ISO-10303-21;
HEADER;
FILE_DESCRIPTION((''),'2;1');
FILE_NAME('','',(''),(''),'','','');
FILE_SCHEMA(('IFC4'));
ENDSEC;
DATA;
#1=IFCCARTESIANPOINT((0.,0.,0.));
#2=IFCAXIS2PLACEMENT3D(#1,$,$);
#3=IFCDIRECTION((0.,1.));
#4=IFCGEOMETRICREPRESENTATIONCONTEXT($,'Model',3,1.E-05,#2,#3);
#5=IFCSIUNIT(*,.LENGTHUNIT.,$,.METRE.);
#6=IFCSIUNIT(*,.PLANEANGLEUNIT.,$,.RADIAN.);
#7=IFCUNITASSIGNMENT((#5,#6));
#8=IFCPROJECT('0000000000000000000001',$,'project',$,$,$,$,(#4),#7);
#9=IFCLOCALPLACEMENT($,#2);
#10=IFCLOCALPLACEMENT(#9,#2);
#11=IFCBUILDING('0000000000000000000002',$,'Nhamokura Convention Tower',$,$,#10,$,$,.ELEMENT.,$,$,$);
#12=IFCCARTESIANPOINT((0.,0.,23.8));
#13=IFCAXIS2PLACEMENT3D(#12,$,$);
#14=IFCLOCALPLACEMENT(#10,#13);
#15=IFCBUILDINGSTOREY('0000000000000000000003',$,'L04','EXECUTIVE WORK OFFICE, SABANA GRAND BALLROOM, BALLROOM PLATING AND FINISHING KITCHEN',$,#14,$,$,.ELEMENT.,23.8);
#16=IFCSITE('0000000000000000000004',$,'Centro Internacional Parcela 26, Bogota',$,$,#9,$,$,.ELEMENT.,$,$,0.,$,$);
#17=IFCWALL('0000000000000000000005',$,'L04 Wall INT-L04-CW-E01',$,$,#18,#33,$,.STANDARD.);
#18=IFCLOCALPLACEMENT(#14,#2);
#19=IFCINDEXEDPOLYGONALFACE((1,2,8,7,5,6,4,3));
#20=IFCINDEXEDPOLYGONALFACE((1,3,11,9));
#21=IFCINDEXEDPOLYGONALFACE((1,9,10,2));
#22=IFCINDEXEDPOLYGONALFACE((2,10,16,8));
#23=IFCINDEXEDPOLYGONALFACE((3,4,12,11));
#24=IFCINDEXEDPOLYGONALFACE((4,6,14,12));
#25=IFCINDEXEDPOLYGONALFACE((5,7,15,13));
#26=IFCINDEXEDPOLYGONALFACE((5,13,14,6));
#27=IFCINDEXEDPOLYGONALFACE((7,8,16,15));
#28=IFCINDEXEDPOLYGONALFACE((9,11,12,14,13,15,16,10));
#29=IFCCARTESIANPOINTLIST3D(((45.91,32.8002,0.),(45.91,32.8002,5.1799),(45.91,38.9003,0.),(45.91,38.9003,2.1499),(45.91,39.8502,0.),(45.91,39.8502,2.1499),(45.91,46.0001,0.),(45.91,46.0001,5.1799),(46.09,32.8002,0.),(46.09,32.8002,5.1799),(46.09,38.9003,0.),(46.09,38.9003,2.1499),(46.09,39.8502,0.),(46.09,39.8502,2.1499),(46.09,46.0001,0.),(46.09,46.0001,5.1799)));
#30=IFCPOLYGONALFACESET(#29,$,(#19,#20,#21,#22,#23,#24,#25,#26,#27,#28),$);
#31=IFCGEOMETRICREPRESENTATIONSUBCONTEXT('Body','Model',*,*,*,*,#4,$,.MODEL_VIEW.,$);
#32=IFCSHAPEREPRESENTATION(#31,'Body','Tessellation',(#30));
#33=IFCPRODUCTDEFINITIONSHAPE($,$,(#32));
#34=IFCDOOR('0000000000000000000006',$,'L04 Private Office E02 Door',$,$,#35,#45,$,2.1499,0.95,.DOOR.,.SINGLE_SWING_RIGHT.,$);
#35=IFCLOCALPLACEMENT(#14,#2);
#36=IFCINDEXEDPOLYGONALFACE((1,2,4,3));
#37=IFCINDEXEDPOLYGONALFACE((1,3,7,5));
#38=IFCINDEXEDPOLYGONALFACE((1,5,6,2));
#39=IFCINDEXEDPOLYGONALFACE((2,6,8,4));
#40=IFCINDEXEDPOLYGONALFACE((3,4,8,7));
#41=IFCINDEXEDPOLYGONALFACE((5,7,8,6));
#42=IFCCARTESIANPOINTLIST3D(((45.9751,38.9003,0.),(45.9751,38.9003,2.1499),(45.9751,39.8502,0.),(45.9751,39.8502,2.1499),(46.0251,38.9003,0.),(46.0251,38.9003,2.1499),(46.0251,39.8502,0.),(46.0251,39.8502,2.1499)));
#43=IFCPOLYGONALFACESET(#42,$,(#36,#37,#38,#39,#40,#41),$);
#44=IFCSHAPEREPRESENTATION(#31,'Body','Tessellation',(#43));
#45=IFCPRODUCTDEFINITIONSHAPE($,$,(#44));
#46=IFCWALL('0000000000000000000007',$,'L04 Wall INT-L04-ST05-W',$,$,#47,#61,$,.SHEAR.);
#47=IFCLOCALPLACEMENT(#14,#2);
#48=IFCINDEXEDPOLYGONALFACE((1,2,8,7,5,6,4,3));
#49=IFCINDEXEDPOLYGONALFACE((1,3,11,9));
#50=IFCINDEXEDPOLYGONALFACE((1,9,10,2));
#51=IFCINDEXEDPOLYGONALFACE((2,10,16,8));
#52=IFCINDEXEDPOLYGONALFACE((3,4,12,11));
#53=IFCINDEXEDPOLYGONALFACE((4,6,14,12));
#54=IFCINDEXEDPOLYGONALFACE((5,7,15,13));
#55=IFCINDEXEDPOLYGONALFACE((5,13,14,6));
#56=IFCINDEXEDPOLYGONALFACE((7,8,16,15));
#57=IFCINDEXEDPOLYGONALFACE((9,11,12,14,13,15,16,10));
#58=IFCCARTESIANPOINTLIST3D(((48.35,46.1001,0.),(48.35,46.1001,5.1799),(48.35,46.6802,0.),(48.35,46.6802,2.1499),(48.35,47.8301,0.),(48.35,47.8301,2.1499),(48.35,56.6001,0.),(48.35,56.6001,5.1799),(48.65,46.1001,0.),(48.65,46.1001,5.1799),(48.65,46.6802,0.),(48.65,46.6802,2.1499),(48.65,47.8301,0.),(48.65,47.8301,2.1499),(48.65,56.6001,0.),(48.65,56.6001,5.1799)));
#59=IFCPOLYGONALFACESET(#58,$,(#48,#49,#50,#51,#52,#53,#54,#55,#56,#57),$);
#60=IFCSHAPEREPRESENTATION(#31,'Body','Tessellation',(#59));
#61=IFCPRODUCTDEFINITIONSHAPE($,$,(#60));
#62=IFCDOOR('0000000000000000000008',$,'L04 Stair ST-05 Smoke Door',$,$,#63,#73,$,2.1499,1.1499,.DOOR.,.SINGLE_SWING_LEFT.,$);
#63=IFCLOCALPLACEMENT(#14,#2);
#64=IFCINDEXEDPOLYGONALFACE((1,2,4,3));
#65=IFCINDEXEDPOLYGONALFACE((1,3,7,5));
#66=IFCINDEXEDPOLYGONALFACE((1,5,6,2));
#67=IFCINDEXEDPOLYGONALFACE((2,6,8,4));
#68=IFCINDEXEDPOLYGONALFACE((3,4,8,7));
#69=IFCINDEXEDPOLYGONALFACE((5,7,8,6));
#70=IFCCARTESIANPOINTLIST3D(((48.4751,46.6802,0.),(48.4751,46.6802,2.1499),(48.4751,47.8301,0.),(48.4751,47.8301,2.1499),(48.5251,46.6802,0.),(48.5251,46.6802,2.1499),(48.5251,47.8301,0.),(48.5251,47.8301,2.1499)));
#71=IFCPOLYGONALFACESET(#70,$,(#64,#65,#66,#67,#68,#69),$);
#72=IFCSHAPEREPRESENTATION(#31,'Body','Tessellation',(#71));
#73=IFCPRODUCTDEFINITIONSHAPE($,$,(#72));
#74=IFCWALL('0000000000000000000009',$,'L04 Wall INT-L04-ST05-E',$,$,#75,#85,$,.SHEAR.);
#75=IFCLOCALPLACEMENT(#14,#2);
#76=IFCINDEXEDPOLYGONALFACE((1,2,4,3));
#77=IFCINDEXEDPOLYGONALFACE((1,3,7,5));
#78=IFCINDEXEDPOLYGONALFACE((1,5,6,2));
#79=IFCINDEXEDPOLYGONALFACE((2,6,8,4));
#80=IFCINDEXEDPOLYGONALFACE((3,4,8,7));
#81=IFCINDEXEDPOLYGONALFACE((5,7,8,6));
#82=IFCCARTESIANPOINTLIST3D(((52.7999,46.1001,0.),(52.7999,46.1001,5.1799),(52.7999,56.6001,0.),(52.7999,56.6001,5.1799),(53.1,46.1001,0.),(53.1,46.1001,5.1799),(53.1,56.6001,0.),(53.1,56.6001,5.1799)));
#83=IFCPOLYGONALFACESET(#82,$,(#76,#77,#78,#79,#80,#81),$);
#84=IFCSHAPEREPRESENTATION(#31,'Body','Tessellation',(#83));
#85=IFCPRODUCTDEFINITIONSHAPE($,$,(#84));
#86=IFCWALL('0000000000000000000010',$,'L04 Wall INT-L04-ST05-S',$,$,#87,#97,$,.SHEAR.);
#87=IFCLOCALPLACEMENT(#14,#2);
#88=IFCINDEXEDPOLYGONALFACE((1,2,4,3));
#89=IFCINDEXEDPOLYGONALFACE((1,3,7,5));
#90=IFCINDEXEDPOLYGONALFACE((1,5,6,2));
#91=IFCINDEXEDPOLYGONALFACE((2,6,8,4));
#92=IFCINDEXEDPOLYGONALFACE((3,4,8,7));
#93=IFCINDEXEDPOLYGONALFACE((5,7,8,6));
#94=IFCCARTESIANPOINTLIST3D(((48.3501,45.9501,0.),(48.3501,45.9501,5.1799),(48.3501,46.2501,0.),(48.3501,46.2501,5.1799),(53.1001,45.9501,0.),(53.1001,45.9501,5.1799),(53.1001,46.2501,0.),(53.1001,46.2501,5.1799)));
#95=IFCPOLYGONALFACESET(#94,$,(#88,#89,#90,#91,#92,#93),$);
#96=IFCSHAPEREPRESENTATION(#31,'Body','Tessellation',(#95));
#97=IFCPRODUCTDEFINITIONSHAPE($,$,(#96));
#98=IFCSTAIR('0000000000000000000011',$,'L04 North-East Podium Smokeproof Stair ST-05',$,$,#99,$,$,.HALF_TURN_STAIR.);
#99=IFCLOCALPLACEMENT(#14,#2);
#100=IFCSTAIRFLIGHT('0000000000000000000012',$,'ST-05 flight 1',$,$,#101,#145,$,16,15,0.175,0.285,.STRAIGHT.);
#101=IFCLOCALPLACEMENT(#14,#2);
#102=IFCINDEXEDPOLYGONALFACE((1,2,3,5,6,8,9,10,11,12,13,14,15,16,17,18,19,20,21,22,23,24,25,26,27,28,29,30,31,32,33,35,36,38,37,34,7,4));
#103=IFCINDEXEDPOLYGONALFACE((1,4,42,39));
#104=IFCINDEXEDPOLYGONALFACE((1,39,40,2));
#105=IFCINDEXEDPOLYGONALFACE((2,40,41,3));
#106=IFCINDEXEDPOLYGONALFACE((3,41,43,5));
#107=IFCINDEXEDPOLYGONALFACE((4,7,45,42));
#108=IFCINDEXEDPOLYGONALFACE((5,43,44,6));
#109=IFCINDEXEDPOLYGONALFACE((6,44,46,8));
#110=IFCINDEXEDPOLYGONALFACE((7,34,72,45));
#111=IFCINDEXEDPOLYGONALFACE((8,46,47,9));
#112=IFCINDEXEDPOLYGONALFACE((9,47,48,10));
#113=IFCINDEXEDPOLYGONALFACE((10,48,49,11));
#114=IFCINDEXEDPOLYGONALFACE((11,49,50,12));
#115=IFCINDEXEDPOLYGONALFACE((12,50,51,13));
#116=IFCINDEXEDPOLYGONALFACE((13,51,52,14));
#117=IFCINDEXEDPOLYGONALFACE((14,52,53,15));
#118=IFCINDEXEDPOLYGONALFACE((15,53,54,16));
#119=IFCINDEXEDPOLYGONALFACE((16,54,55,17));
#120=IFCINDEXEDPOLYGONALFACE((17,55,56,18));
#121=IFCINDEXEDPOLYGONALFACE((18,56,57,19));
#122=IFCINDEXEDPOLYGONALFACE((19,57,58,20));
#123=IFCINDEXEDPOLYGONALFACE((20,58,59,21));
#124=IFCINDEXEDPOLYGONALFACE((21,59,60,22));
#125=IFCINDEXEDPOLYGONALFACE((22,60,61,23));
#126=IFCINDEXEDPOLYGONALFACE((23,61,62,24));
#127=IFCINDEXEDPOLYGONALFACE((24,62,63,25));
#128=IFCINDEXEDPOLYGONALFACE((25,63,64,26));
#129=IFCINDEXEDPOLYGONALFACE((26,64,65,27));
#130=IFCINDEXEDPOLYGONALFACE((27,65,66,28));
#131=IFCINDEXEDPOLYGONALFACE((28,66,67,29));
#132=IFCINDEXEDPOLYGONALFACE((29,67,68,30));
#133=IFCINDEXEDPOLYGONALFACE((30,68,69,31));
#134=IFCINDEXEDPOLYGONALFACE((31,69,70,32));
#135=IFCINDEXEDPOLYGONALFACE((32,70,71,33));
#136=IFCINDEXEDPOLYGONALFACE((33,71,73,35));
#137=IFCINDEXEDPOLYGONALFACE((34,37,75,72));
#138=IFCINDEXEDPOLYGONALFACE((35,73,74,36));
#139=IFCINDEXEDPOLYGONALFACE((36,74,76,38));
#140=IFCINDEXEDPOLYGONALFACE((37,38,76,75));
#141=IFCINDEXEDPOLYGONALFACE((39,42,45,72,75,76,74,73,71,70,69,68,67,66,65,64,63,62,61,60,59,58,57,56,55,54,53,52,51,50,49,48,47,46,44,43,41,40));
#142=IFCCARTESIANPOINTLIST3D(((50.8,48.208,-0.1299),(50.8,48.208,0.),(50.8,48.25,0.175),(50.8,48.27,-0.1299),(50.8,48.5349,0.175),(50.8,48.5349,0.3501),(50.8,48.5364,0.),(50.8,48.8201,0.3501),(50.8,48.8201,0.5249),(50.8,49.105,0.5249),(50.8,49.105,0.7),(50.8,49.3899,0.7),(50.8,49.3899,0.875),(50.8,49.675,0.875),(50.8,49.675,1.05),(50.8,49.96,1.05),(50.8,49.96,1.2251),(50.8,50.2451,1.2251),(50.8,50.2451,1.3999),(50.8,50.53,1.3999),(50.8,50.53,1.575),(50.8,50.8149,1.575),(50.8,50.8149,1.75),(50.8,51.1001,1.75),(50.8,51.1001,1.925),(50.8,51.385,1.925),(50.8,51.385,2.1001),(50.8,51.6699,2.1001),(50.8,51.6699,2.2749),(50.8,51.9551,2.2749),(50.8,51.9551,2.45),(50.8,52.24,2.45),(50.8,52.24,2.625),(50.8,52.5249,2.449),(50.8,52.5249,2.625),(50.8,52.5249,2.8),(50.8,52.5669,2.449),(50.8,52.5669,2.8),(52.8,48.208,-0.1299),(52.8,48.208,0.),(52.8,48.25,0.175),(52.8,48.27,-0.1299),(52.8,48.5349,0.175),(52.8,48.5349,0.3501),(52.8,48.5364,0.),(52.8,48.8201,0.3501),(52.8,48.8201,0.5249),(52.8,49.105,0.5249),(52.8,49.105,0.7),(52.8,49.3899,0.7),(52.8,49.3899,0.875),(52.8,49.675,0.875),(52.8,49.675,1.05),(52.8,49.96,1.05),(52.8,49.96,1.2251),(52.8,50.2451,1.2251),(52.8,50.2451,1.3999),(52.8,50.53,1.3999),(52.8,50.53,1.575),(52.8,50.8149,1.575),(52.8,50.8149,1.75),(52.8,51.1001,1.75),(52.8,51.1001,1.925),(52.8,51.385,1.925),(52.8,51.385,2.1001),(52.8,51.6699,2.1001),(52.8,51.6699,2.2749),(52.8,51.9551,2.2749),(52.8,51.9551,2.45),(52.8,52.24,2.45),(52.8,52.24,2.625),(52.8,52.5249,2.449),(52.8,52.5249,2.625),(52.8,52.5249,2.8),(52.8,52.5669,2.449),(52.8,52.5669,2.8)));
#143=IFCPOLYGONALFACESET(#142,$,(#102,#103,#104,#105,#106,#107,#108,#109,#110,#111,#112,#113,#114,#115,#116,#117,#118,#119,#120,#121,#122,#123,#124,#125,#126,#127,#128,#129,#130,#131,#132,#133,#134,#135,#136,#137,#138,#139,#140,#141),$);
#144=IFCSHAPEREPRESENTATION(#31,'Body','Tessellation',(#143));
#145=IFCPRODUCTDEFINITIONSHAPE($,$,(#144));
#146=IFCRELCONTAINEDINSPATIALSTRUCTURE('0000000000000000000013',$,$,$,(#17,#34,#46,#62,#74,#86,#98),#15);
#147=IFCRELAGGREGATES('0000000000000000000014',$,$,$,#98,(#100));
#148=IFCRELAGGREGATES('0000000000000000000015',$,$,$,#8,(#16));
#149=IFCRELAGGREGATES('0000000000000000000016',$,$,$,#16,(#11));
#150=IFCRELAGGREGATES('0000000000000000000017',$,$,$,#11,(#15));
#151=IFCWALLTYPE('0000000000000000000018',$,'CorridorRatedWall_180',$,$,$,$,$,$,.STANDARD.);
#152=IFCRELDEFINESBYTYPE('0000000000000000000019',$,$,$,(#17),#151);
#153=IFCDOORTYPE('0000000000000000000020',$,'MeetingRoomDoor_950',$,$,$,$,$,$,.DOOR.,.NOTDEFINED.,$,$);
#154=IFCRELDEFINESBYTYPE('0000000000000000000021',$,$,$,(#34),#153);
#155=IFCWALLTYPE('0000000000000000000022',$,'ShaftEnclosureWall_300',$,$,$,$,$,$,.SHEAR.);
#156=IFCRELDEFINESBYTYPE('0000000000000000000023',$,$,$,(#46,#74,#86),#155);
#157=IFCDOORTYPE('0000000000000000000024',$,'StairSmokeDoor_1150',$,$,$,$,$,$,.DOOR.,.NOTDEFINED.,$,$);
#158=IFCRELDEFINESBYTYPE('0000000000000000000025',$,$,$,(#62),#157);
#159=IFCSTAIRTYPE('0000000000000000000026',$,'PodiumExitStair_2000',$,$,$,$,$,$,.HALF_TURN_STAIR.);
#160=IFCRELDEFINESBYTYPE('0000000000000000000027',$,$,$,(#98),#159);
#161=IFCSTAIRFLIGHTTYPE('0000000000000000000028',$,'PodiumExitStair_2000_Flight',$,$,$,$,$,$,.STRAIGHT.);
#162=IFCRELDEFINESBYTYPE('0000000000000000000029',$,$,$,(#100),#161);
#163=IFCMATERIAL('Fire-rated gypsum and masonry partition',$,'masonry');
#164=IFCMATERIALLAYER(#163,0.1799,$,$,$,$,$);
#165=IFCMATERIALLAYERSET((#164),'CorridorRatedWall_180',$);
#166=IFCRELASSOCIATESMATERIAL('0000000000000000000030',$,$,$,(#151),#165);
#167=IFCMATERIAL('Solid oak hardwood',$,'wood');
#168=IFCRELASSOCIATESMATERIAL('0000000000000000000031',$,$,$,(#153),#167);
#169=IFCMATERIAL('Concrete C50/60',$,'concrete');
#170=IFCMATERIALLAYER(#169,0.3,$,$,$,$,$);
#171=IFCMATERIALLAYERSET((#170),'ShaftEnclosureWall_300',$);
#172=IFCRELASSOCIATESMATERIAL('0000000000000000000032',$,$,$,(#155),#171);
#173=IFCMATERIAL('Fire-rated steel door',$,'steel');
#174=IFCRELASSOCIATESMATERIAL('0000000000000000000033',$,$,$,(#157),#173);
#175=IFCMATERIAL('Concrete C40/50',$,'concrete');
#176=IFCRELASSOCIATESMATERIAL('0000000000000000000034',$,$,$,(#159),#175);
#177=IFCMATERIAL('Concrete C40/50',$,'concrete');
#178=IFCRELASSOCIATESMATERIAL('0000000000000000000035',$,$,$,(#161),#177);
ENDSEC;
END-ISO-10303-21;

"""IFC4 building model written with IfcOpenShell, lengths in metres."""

from ifc_helpers import new_model, si_unit, direction, frame, frame_2d, origin, place, context, subcontext, project, spatial, polyline, rectangle, outline, extrude, material, layer, layer_set, type_object, element, fill, aggregate, save


model = new_model("IFC4")

# Units and contexts
model_context = context("Model", 3, precision=1e-05, world=origin(), true_north=direction((0.0, 1.0)))
body_context = subcontext(model_context, "Body", "Model", "MODEL_VIEW")
ifc_project = project(units=[si_unit("LENGTHUNIT", "METRE"), si_unit("PLANEANGLEUNIT", "RADIAN")], contexts=[model_context])

# Site, building, storey
site_placement = place(None, origin())
site = spatial("IfcSite", under=ifc_project, at=site_placement, Name="Centro Internacional Parcela 26, Bogota", CompositionType="ELEMENT", RefElevation=0.0)
building_placement = place(site_placement, origin())
building = spatial("IfcBuilding", under=site, at=building_placement, Name="Nhamokura Convention Tower", CompositionType="ELEMENT")
storey_placement = place(building_placement, frame((0.0, 0.0, 23.8)))
storey = spatial("IfcBuildingStorey", under=building, at=storey_placement, Name="L04", Description="EXECUTIVE WORK OFFICE, SABANA GRAND BALLROOM, BALLROOM PLATING AND FINISHING KITCHEN", CompositionType="ELEMENT", Elevation=23.8)

# Walls, openings, doors
ifc_material_1 = material(Name="Fire-rated gypsum and masonry partition", Category="masonry")
ifc_layer_1 = layer(ifc_material_1, 0.1799)
ifc_layer_set_1 = layer_set([ifc_layer_1], Name="CorridorRatedWall_180")
wall_type_1 = type_object("IfcWallType", Name="CorridorRatedWall_180", PredefinedType="STANDARD", material=ifc_layer_set_1)
wall_1_placement = place(storey_placement, frame((46.0, 32.8, 0.0), z_axis=(0.0, 0.0, 1.0), x_axis=(0.0, 1.0, 0.0)))
wall_1 = element("IfcWall", 1, at=wall_1_placement, inside=storey, type_object=wall_type_1, Name="L04 Wall INT-L04-CW-E01", PredefinedType="STANDARD", context=body_context, shape_type="SweptSolid", body=[
    extrude(rectangle(XDim=13.2, YDim=0.1799, at=frame_2d((6.6001, 0.0))), origin(), (0.0, 0.0, 1.0), 5.1799),
])
opening_1_placement = place(wall_1_placement, frame((6.1001, 0.0, 0.0)))
opening_1 = element("IfcOpeningElement", 2, at=opening_1_placement, cuts=wall_1, PredefinedType="OPENING", context=body_context, shape_type="SweptSolid", body=[
    extrude(rectangle(XDim=0.95, YDim=2.1499, at=frame_2d((0.4751, 1.075))), frame((0.0, 0.0999, 0.0), z_axis=(0.0, -1.0, 0.0), x_axis=(1.0, 0.0, 0.0)), (0.0, 0.0, 1.0), 0.2),
])
ifc_material_2 = material(Name="Solid oak hardwood", Category="wood")
door_type_1 = type_object("IfcDoorType", Name="MeetingRoomDoor_950", OperationType="NOTDEFINED", PredefinedType="DOOR", material=ifc_material_2)
door_1_placement = place(opening_1_placement, origin())
door_1 = element("IfcDoor", 3, at=door_1_placement, inside=storey, type_object=door_type_1, Name="L04 Private Office E02 Door", OperationType="SINGLE_SWING_RIGHT", OverallHeight=2.1499, OverallWidth=0.95, PredefinedType="DOOR", context=body_context, shape_type="SweptSolid", body=[
    extrude(rectangle(XDim=0.95, YDim=2.1499, at=frame_2d((0.4751, 1.075))), frame((0.0, 0.0249, 0.0), z_axis=(0.0, -1.0, 0.0), x_axis=(1.0, 0.0, 0.0)), (0.0, 0.0, 1.0), 0.05),
])
fill(opening_1, door_1)
ifc_material_3 = material(Name="Concrete C50/60", Category="concrete")
ifc_layer_2 = layer(ifc_material_3, 0.3)
ifc_layer_set_2 = layer_set([ifc_layer_2], Name="ShaftEnclosureWall_300")
wall_type_2 = type_object("IfcWallType", Name="ShaftEnclosureWall_300", PredefinedType="SHEAR", material=ifc_layer_set_2)
wall_2_placement = place(storey_placement, frame((48.5, 46.1001, 0.0), z_axis=(0.0, 0.0, 1.0), x_axis=(0.0, 1.0, 0.0)))
wall_2 = element("IfcWall", 4, at=wall_2_placement, inside=storey, type_object=wall_type_2, Name="L04 Wall INT-L04-ST05-W", PredefinedType="SHEAR", context=body_context, shape_type="SweptSolid", body=[
    extrude(rectangle(XDim=10.5, YDim=0.3, at=frame_2d((5.25, 0.0))), origin(), (0.0, 0.0, 1.0), 5.1799),
])
opening_2_placement = place(wall_2_placement, frame((0.5801, 0.0, 0.0)))
opening_2 = element("IfcOpeningElement", 5, at=opening_2_placement, cuts=wall_2, PredefinedType="OPENING", context=body_context, shape_type="SweptSolid", body=[
    extrude(rectangle(XDim=1.1499, YDim=2.1499, at=frame_2d((0.575, 1.075))), frame((0.0, 0.1599, 0.0), z_axis=(0.0, -1.0, 0.0), x_axis=(1.0, 0.0, 0.0)), (0.0, 0.0, 1.0), 0.3201),
])
ifc_material_4 = material(Name="Fire-rated steel door", Category="steel")
door_type_2 = type_object("IfcDoorType", Name="StairSmokeDoor_1150", OperationType="NOTDEFINED", PredefinedType="DOOR", material=ifc_material_4)
door_2_placement = place(opening_2_placement, origin())
door_2 = element("IfcDoor", 6, at=door_2_placement, inside=storey, type_object=door_type_2, Name="L04 Stair ST-05 Smoke Door", OperationType="SINGLE_SWING_LEFT", OverallHeight=2.1499, OverallWidth=1.1499, PredefinedType="DOOR", context=body_context, shape_type="SweptSolid", body=[
    extrude(rectangle(XDim=1.1499, YDim=2.1499, at=frame_2d((0.575, 1.075))), frame((0.0, 0.0249, 0.0), z_axis=(0.0, -1.0, 0.0), x_axis=(1.0, 0.0, 0.0)), (0.0, 0.0, 1.0), 0.05),
])
fill(opening_2, door_2)

# Walls
wall_3_placement = place(storey_placement, frame((52.95, 46.1001, 0.0), z_axis=(0.0, 0.0, 1.0), x_axis=(0.0, 1.0, 0.0)))
element("IfcWall", 7, at=wall_3_placement, inside=storey, type_object=wall_type_2, Name="L04 Wall INT-L04-ST05-E", PredefinedType="SHEAR", context=body_context, shape_type="SweptSolid", body=[
    extrude(rectangle(XDim=10.5, YDim=0.3, at=frame_2d((5.25, 0.0))), origin(), (0.0, 0.0, 1.0), 5.1799),
])
wall_4_placement = place(storey_placement, frame((48.3501, 46.1001, 0.0), z_axis=(0.0, 0.0, 1.0), x_axis=(1.0, 0.0, 0.0)))
element("IfcWall", 8, at=wall_4_placement, inside=storey, type_object=wall_type_2, Name="L04 Wall INT-L04-ST05-S", PredefinedType="SHEAR", context=body_context, shape_type="SweptSolid", body=[
    extrude(rectangle(XDim=4.75, YDim=0.3, at=frame_2d((2.375, 0.0))), origin(), (0.0, 0.0, 1.0), 5.1799),
])

# Stair, stair flight
ifc_material_5 = material(Name="Concrete C40/50", Category="concrete")
stair_type = type_object("IfcStairType", Name="PodiumExitStair_2000", PredefinedType="HALF_TURN_STAIR", material=ifc_material_5)
stair_placement = place(storey_placement, origin())
stair = element("IfcStair", 9, at=stair_placement, inside=storey, type_object=stair_type, Name="L04 North-East Podium Smokeproof Stair ST-05", PredefinedType="HALF_TURN_STAIR")
ifc_material_6 = material(Name="Concrete C40/50", Category="concrete")
stair_flight_type = type_object("IfcStairFlightType", Name="PodiumExitStair_2000_Flight", PredefinedType="STRAIGHT", material=ifc_material_6)
stair_flight_placement = place(storey_placement, frame((51.8, 48.25, 0.0), z_axis=(0.0, 0.0, 1.0), x_axis=(0.0, 1.0, 0.0)))
stair_flight = element("IfcStairFlight", 10, at=stair_flight_placement, type_object=stair_flight_type, Name="ST-05 flight 1", NumberOfRisers=16, NumberOfTreads=15, PredefinedType="STRAIGHT", RiserHeight=0.175, TreadLength=0.285, context=body_context, shape_type="SweptSolid", body=[
    extrude(outline(polyline([(-0.042, 0.0), (0.0, 0.175), (0.2849, 0.175), (0.2849, 0.3501), (0.5701, 0.3501), (0.5701, 0.5249), (0.855, 0.5249), (0.855, 0.7), (1.1399, 0.7), (1.1399, 0.875), (1.425, 0.875), (1.425, 1.05), (1.71, 1.05), (1.71, 1.2251), (1.9951, 1.2251), (1.9951, 1.3999), (2.28, 1.3999), (2.28, 1.575), (2.5649, 1.575), (2.5649, 1.75), (2.8501, 1.75), (2.8501, 1.925), (3.135, 1.925), (3.135, 2.1001), (3.4199, 2.1001), (3.4199, 2.2749), (3.7051, 2.2749), (3.7051, 2.45), (3.99, 2.45), (3.99, 2.625), (4.2749, 2.625), (4.2749, 2.8), (4.3169, 2.8), (4.3169, 2.449), (4.2749, 2.449), (0.2864, 0.0), (0.02, -0.1299), (-0.042, -0.1299), (-0.042, 0.0)])), frame((0.0, 1.0, 0.0), z_axis=(0.0, -1.0, 0.0), x_axis=(1.0, 0.0, 0.0)), (0.0, 0.0, 1.0), 2.0),
])
aggregate(stair, [stair_flight])

save(model, "model.ifc")
